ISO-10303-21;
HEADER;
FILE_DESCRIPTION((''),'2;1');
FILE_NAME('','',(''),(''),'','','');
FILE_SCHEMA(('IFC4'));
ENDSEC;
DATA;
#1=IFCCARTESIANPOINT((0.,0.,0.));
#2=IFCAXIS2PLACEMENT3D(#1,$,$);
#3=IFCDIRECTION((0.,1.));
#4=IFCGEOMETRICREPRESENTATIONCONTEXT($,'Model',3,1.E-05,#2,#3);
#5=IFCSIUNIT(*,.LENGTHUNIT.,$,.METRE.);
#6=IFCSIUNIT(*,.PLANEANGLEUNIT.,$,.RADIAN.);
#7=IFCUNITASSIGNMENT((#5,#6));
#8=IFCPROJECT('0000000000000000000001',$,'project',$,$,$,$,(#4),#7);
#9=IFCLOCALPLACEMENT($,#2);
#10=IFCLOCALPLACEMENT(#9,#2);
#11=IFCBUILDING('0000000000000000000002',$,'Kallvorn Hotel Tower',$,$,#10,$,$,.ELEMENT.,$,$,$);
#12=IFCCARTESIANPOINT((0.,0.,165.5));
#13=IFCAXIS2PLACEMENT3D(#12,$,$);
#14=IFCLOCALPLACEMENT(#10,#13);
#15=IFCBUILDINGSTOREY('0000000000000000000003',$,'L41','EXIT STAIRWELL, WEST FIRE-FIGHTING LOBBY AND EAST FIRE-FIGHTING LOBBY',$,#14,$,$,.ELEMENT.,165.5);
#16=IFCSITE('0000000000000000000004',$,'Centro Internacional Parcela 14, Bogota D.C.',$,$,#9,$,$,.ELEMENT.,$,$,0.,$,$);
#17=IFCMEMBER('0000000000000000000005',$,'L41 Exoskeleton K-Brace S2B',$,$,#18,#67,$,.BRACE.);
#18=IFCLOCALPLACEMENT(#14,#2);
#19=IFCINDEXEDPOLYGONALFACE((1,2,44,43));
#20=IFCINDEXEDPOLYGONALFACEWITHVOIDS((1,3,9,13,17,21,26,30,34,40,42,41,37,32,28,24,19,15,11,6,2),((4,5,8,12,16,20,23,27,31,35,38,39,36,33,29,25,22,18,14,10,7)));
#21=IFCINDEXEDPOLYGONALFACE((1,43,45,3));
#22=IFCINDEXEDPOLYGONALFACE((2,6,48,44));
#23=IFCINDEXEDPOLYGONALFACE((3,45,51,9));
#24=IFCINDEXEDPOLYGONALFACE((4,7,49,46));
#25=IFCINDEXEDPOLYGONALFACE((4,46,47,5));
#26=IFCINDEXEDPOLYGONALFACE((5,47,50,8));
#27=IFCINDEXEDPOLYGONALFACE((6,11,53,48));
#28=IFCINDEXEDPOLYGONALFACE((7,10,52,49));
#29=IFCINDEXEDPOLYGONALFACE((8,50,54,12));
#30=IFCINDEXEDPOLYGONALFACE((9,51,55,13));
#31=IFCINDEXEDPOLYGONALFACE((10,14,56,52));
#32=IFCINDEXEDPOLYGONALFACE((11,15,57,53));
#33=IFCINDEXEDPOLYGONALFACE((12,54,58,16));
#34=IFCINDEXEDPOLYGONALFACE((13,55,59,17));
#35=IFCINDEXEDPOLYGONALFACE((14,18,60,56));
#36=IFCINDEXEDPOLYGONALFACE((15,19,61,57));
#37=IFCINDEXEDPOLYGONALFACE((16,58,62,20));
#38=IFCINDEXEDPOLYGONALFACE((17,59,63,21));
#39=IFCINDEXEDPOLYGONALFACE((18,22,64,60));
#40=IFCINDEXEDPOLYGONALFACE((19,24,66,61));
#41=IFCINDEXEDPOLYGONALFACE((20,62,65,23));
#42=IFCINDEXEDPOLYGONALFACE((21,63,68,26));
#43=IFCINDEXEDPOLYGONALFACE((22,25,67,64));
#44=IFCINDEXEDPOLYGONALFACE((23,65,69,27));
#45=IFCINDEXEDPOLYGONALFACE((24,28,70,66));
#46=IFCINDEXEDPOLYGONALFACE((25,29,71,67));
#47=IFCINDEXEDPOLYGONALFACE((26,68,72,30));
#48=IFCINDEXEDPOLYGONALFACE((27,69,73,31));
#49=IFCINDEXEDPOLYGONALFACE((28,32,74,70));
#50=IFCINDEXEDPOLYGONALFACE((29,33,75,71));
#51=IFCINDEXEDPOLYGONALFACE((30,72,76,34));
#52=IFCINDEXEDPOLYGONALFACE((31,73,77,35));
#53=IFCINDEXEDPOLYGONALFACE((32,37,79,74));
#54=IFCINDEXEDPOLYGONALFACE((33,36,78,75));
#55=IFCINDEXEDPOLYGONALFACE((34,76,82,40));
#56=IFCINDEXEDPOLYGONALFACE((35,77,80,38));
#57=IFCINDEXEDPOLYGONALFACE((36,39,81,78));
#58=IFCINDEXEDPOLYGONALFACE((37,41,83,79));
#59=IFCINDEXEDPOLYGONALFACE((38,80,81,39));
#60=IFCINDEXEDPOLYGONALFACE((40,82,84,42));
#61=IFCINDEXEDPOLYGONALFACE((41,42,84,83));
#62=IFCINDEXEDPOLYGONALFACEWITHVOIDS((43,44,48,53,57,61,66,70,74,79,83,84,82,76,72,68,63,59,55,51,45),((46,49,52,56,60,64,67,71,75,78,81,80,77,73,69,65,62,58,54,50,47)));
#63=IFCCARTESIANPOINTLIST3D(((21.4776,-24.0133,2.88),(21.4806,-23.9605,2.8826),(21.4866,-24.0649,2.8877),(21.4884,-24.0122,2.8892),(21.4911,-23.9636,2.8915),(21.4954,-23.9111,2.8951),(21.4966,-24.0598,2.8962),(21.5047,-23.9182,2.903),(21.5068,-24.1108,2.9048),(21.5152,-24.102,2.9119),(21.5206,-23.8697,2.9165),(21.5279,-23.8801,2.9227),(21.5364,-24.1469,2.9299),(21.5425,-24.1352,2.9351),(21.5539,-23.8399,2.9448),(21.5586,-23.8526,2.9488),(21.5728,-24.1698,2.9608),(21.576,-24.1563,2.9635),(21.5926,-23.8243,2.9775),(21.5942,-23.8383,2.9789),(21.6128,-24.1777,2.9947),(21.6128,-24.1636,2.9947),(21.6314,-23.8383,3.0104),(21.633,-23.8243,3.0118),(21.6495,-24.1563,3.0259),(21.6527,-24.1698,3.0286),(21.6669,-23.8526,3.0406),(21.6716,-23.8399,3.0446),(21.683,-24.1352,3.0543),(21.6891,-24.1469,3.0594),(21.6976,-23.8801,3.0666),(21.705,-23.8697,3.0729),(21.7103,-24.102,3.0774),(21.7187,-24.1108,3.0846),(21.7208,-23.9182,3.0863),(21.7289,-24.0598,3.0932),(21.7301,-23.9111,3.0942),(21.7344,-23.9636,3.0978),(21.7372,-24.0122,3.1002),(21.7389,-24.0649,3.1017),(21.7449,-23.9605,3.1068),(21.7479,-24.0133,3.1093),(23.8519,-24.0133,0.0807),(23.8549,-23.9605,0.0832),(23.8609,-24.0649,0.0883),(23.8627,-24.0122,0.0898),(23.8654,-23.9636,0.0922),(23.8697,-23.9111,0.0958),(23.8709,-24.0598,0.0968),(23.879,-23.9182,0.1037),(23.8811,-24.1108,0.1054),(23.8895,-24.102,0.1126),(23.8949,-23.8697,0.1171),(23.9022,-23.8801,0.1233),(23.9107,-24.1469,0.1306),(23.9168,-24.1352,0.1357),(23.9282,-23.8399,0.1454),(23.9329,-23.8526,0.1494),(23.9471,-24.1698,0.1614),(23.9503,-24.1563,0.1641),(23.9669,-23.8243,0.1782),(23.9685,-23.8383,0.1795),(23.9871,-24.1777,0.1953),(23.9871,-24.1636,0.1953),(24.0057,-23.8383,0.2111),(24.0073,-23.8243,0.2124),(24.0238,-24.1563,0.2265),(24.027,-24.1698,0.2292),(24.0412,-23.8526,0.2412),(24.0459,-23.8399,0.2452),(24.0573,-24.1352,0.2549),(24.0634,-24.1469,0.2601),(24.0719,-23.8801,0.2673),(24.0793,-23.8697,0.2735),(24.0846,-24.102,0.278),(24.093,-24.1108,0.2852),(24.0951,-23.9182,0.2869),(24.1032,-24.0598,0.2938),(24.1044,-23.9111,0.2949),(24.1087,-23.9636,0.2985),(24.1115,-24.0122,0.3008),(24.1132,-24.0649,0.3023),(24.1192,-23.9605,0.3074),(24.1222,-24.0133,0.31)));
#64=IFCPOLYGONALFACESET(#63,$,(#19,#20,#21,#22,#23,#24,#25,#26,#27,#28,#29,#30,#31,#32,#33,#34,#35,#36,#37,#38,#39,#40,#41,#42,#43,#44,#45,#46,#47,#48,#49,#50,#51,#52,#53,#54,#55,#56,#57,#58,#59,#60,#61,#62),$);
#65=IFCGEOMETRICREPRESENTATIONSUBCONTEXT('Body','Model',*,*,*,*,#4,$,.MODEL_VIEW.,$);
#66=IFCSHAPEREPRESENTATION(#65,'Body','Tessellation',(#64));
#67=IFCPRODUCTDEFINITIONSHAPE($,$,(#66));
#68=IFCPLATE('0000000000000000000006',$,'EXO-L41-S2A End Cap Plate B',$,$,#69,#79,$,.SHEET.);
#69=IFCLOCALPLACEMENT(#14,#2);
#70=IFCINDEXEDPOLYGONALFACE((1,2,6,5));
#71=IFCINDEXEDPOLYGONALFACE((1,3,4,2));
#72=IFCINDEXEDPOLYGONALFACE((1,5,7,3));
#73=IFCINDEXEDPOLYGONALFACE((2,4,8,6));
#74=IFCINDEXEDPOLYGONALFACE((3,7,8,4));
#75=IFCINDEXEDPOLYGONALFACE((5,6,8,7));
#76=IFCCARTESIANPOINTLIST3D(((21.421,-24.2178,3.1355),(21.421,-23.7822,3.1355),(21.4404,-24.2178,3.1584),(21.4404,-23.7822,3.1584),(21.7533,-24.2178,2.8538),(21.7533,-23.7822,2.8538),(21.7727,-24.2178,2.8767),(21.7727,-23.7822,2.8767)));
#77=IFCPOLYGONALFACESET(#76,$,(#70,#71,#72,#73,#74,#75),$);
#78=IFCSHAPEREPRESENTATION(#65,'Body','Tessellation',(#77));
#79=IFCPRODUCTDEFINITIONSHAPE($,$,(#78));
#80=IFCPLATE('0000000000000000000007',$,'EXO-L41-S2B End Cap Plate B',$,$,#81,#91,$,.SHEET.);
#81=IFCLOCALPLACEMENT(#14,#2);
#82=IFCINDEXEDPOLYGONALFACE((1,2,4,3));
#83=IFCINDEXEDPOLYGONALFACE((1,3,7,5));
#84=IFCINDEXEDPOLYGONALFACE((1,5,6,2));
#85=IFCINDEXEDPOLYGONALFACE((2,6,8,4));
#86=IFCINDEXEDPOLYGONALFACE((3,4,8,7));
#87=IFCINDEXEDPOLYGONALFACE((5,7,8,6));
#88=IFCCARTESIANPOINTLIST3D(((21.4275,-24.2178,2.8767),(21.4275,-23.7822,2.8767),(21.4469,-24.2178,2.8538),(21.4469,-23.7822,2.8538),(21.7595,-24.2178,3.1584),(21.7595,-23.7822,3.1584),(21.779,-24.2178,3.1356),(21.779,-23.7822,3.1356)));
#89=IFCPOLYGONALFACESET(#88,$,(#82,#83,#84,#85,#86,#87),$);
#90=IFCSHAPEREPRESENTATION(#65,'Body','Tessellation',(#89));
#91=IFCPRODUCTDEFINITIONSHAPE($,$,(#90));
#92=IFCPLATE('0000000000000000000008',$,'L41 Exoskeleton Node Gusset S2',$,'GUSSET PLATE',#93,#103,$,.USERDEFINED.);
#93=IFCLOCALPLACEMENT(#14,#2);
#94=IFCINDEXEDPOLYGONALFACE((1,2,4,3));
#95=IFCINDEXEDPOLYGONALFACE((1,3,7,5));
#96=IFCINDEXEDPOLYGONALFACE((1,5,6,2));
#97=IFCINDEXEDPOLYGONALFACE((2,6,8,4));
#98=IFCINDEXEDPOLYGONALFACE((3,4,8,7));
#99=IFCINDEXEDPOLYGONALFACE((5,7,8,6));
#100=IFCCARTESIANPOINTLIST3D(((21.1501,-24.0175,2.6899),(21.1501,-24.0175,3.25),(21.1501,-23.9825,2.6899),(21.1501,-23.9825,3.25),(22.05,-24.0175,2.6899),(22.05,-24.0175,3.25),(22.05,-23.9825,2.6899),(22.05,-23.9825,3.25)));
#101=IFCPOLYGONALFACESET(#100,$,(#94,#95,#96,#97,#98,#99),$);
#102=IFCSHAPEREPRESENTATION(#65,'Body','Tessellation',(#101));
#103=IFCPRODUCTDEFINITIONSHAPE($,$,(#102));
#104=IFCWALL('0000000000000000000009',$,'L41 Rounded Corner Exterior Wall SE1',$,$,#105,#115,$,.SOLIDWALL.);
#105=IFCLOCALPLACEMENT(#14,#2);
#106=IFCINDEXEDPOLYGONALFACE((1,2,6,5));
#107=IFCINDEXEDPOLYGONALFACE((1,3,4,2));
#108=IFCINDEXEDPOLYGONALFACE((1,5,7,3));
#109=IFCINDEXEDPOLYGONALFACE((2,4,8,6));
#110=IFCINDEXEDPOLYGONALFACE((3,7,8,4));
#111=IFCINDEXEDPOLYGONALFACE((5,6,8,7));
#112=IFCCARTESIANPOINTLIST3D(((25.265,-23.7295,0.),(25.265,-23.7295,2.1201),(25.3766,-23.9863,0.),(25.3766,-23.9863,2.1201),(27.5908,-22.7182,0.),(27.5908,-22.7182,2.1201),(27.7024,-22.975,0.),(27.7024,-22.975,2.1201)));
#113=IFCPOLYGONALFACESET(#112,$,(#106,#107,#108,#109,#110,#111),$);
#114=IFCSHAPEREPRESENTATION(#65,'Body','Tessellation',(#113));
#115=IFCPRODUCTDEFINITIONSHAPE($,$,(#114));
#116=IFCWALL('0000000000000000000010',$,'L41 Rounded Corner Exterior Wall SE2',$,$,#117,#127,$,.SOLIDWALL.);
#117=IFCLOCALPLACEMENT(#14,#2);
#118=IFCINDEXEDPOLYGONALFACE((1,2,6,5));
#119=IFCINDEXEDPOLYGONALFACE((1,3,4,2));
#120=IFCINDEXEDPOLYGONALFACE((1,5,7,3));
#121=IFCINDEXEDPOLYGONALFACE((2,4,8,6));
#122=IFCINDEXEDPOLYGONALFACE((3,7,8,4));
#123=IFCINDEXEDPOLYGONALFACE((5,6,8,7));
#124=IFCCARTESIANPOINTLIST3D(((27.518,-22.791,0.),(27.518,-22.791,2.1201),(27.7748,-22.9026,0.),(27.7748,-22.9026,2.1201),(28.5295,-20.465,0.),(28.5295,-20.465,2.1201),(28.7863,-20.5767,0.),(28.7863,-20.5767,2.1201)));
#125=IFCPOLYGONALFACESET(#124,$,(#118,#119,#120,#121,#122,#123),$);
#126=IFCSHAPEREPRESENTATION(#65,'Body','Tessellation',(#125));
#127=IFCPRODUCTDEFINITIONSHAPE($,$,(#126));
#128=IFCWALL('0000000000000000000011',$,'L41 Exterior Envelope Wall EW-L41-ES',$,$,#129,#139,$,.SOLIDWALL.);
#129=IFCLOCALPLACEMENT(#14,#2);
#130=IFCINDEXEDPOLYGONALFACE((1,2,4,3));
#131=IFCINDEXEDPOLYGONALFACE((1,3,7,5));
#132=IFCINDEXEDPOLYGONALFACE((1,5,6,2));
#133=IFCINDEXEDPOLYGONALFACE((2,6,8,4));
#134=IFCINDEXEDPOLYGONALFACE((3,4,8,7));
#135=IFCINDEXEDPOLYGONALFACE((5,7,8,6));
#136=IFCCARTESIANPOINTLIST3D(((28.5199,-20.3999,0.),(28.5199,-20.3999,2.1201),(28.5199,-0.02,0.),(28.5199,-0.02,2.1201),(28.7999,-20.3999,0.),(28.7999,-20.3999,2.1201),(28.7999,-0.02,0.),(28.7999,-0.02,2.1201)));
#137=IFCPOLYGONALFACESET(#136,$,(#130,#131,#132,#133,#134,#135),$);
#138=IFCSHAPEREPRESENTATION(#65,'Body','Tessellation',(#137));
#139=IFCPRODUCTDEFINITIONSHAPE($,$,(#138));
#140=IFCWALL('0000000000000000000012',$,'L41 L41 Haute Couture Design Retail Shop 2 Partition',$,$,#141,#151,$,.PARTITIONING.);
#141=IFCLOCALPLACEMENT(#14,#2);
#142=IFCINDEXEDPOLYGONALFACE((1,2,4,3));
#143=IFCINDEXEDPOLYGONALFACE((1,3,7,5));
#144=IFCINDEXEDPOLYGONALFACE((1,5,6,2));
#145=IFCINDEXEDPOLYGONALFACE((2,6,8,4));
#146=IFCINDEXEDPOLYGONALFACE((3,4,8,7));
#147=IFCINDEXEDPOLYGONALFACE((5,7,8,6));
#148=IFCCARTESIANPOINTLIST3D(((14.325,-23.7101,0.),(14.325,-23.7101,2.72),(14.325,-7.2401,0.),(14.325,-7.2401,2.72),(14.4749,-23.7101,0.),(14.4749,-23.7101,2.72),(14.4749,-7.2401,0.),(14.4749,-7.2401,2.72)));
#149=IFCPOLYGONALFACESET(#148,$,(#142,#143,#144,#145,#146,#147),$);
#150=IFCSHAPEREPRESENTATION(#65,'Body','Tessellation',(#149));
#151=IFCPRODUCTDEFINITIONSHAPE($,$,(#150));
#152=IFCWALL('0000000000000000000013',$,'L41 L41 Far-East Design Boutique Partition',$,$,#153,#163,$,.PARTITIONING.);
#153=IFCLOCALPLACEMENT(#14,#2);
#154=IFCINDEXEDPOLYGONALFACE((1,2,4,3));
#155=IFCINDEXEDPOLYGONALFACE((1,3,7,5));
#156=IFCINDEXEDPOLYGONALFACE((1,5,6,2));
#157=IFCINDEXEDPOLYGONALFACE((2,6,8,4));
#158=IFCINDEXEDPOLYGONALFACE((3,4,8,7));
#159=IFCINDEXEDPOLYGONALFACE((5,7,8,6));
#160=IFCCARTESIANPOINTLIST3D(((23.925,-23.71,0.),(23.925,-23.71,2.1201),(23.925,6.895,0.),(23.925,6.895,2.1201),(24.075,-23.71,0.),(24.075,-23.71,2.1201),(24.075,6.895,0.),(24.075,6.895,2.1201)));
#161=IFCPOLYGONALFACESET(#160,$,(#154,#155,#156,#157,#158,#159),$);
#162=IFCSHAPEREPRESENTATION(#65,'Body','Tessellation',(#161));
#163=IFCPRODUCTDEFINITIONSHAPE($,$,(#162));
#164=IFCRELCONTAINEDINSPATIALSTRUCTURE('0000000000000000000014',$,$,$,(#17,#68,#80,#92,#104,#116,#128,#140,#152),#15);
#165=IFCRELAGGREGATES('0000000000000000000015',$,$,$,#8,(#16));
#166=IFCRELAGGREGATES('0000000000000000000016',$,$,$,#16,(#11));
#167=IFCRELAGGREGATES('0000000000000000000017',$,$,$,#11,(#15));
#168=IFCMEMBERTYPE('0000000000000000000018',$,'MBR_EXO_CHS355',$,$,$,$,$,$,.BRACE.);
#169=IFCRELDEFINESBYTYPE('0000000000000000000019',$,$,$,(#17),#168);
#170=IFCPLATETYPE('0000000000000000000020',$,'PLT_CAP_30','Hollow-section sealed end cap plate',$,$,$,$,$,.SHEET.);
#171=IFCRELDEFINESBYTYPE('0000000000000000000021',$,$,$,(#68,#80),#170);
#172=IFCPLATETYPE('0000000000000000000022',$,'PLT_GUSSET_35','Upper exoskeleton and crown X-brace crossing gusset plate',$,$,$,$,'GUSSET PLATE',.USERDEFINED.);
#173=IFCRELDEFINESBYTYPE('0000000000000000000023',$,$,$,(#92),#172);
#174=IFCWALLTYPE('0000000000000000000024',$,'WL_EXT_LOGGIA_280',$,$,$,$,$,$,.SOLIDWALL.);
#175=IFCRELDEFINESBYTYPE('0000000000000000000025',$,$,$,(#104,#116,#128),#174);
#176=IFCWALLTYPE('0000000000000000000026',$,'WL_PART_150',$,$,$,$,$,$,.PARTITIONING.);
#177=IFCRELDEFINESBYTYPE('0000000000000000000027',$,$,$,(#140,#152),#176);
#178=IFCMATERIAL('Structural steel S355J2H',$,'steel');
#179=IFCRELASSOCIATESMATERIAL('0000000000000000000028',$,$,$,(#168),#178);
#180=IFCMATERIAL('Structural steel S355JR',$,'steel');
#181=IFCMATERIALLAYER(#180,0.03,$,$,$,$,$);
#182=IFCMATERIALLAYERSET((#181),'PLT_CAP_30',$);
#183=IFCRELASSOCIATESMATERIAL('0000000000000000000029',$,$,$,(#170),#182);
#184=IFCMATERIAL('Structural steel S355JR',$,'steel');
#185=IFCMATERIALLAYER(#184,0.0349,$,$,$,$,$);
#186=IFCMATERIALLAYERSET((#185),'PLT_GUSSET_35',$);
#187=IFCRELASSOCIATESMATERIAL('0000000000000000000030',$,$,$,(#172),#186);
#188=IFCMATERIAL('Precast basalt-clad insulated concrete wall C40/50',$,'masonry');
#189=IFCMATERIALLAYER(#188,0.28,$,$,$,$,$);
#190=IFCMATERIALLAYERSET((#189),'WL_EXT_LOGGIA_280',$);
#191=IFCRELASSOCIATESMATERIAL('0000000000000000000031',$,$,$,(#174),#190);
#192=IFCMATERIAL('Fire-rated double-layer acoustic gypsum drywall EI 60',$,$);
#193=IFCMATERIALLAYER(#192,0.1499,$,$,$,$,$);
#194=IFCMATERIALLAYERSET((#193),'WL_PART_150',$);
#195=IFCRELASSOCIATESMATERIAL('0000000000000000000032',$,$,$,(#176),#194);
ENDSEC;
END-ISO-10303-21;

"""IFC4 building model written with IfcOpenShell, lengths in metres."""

from ifc_helpers import new_model, si_unit, direction, frame, frame_2d, origin, origin_2d, place, context, subcontext, project, spatial, polyline, rectangle, hollow_circle, outline, extrude, material, layer, layer_set, material_profile, profile_set, type_object, element, save


model = new_model("IFC4")

# Units and contexts
model_context = context("Model", 3, precision=1e-05, world=origin(), true_north=direction((0.0, 1.0)))
body_context = subcontext(model_context, "Body", "Model", "MODEL_VIEW")
ifc_project = project(units=[si_unit("LENGTHUNIT", "METRE"), si_unit("PLANEANGLEUNIT", "RADIAN")], contexts=[model_context])

# Site, building, storey
site_placement = place(None, origin())
site = spatial("IfcSite", under=ifc_project, at=site_placement, Name="Centro Internacional Parcela 14, Bogota D.C.", CompositionType="ELEMENT", RefElevation=0.0)
building_placement = place(site_placement, origin())
building = spatial("IfcBuilding", under=site, at=building_placement, Name="Kallvorn Hotel Tower", CompositionType="ELEMENT")
storey_placement = place(building_placement, frame((0.0, 0.0, 165.5)))
storey = spatial("IfcBuildingStorey", under=building, at=storey_placement, Name="L41", Description="EXIT STAIRWELL, WEST FIRE-FIGHTING LOBBY AND EAST FIRE-FIGHTING LOBBY", CompositionType="ELEMENT", Elevation=165.5)

# Member
ifc_material_1 = material(Name="Structural steel S355J2H", Category="steel")
ifc_material_profile_1 = material_profile(ifc_material_1, hollow_circle(Radius=0.1777, WallThickness=0.0142, at=origin_2d()), Name="CHS 355.6x14.2")
ifc_profile_set_1 = profile_set([ifc_material_profile_1], Name="Structural steel S355J2H")
member_type = type_object("IfcMemberType", Name="MBR_EXO_CHS355", PredefinedType="BRACE", material=ifc_profile_set_1)
for number, where, z_axis, x_axis, name in (
    (1, (23.9871, -24.0, 0.1953), (-0.646833, 0.0, 0.762631), (0.0, -1.0, 0.0), "L41 Exoskeleton K-Brace S2B"),
):
    element("IfcMember", number, at=place(storey_placement, frame(where, z_axis=z_axis, x_axis=x_axis)), inside=storey, type_object=member_type, Name=name, PredefinedType="BRACE", context=body_context, shape_type="SweptSolid", body=[
        extrude(hollow_circle(Radius=0.1777, WallThickness=0.0142, at=origin_2d()), origin(), (0.0, 0.0, 1.0), 3.6707),
    ])

# Plates
ifc_material_2 = material(Name="Structural steel S355JR", Category="steel")
ifc_layer_1 = layer(ifc_material_2, 0.03)
ifc_layer_set_1 = layer_set([ifc_layer_1], Name="PLT_CAP_30")
plate_type_1 = type_object("IfcPlateType", Name="PLT_CAP_30", Description="Hollow-section sealed end cap plate", PredefinedType="SHEET", material=ifc_layer_set_1)
plate_1_placement = place(storey_placement, frame((21.7727, -24.2178, 2.8767), z_axis=(0.646721, 0.0, 0.762727), x_axis=(0.0, 1.0, 0.0)))
element("IfcPlate", 2, at=plate_1_placement, inside=storey, type_object=plate_type_1, Name="EXO-L41-S2A End Cap Plate B", PredefinedType="SHEET", context=body_context, shape_type="SweptSolid", body=[
    extrude(outline(polyline([(0.0, 0.0), (0.4355, 0.0), (0.4355, 0.4356), (0.0, 0.4356), (0.0, 0.0)])), origin(), (0.0, 0.0, -1.0), 0.03),
])
plate_2_placement = place(storey_placement, frame((21.4275, -23.7822, 2.8767), z_axis=(-0.646997, 0.0, 0.762492), x_axis=(0.0, -1.0, 0.0)))
element("IfcPlate", 3, at=plate_2_placement, inside=storey, type_object=plate_type_1, Name="EXO-L41-S2B End Cap Plate B", PredefinedType="SHEET", context=body_context, shape_type="SweptSolid", body=[
    extrude(outline(polyline([(0.0, 0.0), (0.4355, 0.0), (0.4355, 0.4355), (0.0, 0.4355), (0.0, 0.0)])), origin(), (0.0, 0.0, -1.0), 0.03),
])
ifc_material_3 = material(Name="Structural steel S355JR", Category="steel")
ifc_layer_2 = layer(ifc_material_3, 0.0349)
ifc_layer_set_2 = layer_set([ifc_layer_2], Name="PLT_GUSSET_35")
plate_type_2 = type_object("IfcPlateType", Name="PLT_GUSSET_35", Description="Upper exoskeleton and crown X-brace crossing gusset plate", ElementType="GUSSET PLATE", PredefinedType="USERDEFINED", material=ifc_layer_set_2)
plate_3_placement = place(storey_placement, frame((21.6001, -24.0, 2.6899), z_axis=(0.0, 0.0, 1.0), x_axis=(1.0, 0.0, 0.0)))
element("IfcPlate", 4, at=plate_3_placement, inside=storey, type_object=plate_type_2, Name="L41 Exoskeleton Node Gusset S2", ObjectType="GUSSET PLATE", PredefinedType="USERDEFINED", context=body_context, shape_type="SweptSolid", body=[
    extrude(rectangle(XDim=0.8999, YDim=0.0349, at=origin_2d()), origin(), (0.0, 0.0, 1.0), 0.5601),
])

# Walls
ifc_material_4 = material(Name="Precast basalt-clad insulated concrete wall C40/50", Category="masonry")
ifc_layer_3 = layer(ifc_material_4, 0.28)
ifc_layer_set_3 = layer_set([ifc_layer_3], Name="WL_EXT_LOGGIA_280")
wall_type_1 = type_object("IfcWallType", Name="WL_EXT_LOGGIA_280", PredefinedType="SOLIDWALL", material=ifc_layer_set_3)
wall_1_placement = place(storey_placement, frame((25.3208, -23.8579, 0.0), z_axis=(0.0, 0.0, 1.0), x_axis=(0.917061, 0.398747, 0.0)))
element("IfcWall", 5, at=wall_1_placement, inside=storey, type_object=wall_type_1, Name="L41 Rounded Corner Exterior Wall SE1", PredefinedType="SOLIDWALL", context=body_context, shape_type="SweptSolid", body=[
    extrude(rectangle(XDim=2.5361, YDim=0.28, at=frame_2d((1.2681, 0.0))), origin(), (0.0, 0.0, 1.0), 2.1201),
])
wall_2_placement = place(storey_placement, frame((27.6465, -22.8467, 0.0), z_axis=(0.0, 0.0, 1.0), x_axis=(0.398793, 0.917041, 0.0)))
element("IfcWall", 6, at=wall_2_placement, inside=storey, type_object=wall_type_1, Name="L41 Rounded Corner Exterior Wall SE2", PredefinedType="SOLIDWALL", context=body_context, shape_type="SweptSolid", body=[
    extrude(rectangle(XDim=2.5364, YDim=0.28, at=frame_2d((1.2681, 0.0))), origin(), (0.0, 0.0, 1.0), 2.1201),
])
wall_3_placement = place(storey_placement, frame((28.6599, -20.3999, 0.0), z_axis=(0.0, 0.0, 1.0), x_axis=(0.0, 1.0, 0.0)))
element("IfcWall", 7, at=wall_3_placement, inside=storey, type_object=wall_type_1, Name="L41 Exterior Envelope Wall EW-L41-ES", PredefinedType="SOLIDWALL", context=body_context, shape_type="SweptSolid", body=[
    extrude(rectangle(XDim=20.3799, YDim=0.28, at=frame_2d((10.1899, 0.0))), origin(), (0.0, 0.0, 1.0), 2.1201),
])
ifc_material_5 = material(Name="Fire-rated double-layer acoustic gypsum drywall EI 60")
ifc_layer_4 = layer(ifc_material_5, 0.1499)
ifc_layer_set_4 = layer_set([ifc_layer_4], Name="WL_PART_150")
wall_type_2 = type_object("IfcWallType", Name="WL_PART_150", PredefinedType="PARTITIONING", material=ifc_layer_set_4)
wall_4_placement = place(storey_placement, frame((14.3999, -23.71, 0.0), z_axis=(0.0, 0.0, 1.0), x_axis=(0.0, 1.0, 0.0)))
element("IfcWall", 8, at=wall_4_placement, inside=storey, type_object=wall_type_2, Name="L41 L41 Haute Couture Design Retail Shop 2 Partition", PredefinedType="PARTITIONING", context=body_context, shape_type="SweptSolid", body=[
    extrude(rectangle(XDim=16.47, YDim=0.1499, at=frame_2d((8.2349, 0.0))), origin(), (0.0, 0.0, 1.0), 2.72),
])
wall_5_placement = place(storey_placement, frame((24.0, -23.71, 0.0), z_axis=(0.0, 0.0, 1.0), x_axis=(0.0, 1.0, 0.0)))
element("IfcWall", 9, at=wall_5_placement, inside=storey, type_object=wall_type_2, Name="L41 L41 Far-East Design Boutique Partition", PredefinedType="PARTITIONING", context=body_context, shape_type="SweptSolid", body=[
    extrude(rectangle(XDim=30.605, YDim=0.1499, at=frame_2d((15.3025, 0.0))), origin(), (0.0, 0.0, 1.0), 2.1201),
])

save(model, "model.ifc")
